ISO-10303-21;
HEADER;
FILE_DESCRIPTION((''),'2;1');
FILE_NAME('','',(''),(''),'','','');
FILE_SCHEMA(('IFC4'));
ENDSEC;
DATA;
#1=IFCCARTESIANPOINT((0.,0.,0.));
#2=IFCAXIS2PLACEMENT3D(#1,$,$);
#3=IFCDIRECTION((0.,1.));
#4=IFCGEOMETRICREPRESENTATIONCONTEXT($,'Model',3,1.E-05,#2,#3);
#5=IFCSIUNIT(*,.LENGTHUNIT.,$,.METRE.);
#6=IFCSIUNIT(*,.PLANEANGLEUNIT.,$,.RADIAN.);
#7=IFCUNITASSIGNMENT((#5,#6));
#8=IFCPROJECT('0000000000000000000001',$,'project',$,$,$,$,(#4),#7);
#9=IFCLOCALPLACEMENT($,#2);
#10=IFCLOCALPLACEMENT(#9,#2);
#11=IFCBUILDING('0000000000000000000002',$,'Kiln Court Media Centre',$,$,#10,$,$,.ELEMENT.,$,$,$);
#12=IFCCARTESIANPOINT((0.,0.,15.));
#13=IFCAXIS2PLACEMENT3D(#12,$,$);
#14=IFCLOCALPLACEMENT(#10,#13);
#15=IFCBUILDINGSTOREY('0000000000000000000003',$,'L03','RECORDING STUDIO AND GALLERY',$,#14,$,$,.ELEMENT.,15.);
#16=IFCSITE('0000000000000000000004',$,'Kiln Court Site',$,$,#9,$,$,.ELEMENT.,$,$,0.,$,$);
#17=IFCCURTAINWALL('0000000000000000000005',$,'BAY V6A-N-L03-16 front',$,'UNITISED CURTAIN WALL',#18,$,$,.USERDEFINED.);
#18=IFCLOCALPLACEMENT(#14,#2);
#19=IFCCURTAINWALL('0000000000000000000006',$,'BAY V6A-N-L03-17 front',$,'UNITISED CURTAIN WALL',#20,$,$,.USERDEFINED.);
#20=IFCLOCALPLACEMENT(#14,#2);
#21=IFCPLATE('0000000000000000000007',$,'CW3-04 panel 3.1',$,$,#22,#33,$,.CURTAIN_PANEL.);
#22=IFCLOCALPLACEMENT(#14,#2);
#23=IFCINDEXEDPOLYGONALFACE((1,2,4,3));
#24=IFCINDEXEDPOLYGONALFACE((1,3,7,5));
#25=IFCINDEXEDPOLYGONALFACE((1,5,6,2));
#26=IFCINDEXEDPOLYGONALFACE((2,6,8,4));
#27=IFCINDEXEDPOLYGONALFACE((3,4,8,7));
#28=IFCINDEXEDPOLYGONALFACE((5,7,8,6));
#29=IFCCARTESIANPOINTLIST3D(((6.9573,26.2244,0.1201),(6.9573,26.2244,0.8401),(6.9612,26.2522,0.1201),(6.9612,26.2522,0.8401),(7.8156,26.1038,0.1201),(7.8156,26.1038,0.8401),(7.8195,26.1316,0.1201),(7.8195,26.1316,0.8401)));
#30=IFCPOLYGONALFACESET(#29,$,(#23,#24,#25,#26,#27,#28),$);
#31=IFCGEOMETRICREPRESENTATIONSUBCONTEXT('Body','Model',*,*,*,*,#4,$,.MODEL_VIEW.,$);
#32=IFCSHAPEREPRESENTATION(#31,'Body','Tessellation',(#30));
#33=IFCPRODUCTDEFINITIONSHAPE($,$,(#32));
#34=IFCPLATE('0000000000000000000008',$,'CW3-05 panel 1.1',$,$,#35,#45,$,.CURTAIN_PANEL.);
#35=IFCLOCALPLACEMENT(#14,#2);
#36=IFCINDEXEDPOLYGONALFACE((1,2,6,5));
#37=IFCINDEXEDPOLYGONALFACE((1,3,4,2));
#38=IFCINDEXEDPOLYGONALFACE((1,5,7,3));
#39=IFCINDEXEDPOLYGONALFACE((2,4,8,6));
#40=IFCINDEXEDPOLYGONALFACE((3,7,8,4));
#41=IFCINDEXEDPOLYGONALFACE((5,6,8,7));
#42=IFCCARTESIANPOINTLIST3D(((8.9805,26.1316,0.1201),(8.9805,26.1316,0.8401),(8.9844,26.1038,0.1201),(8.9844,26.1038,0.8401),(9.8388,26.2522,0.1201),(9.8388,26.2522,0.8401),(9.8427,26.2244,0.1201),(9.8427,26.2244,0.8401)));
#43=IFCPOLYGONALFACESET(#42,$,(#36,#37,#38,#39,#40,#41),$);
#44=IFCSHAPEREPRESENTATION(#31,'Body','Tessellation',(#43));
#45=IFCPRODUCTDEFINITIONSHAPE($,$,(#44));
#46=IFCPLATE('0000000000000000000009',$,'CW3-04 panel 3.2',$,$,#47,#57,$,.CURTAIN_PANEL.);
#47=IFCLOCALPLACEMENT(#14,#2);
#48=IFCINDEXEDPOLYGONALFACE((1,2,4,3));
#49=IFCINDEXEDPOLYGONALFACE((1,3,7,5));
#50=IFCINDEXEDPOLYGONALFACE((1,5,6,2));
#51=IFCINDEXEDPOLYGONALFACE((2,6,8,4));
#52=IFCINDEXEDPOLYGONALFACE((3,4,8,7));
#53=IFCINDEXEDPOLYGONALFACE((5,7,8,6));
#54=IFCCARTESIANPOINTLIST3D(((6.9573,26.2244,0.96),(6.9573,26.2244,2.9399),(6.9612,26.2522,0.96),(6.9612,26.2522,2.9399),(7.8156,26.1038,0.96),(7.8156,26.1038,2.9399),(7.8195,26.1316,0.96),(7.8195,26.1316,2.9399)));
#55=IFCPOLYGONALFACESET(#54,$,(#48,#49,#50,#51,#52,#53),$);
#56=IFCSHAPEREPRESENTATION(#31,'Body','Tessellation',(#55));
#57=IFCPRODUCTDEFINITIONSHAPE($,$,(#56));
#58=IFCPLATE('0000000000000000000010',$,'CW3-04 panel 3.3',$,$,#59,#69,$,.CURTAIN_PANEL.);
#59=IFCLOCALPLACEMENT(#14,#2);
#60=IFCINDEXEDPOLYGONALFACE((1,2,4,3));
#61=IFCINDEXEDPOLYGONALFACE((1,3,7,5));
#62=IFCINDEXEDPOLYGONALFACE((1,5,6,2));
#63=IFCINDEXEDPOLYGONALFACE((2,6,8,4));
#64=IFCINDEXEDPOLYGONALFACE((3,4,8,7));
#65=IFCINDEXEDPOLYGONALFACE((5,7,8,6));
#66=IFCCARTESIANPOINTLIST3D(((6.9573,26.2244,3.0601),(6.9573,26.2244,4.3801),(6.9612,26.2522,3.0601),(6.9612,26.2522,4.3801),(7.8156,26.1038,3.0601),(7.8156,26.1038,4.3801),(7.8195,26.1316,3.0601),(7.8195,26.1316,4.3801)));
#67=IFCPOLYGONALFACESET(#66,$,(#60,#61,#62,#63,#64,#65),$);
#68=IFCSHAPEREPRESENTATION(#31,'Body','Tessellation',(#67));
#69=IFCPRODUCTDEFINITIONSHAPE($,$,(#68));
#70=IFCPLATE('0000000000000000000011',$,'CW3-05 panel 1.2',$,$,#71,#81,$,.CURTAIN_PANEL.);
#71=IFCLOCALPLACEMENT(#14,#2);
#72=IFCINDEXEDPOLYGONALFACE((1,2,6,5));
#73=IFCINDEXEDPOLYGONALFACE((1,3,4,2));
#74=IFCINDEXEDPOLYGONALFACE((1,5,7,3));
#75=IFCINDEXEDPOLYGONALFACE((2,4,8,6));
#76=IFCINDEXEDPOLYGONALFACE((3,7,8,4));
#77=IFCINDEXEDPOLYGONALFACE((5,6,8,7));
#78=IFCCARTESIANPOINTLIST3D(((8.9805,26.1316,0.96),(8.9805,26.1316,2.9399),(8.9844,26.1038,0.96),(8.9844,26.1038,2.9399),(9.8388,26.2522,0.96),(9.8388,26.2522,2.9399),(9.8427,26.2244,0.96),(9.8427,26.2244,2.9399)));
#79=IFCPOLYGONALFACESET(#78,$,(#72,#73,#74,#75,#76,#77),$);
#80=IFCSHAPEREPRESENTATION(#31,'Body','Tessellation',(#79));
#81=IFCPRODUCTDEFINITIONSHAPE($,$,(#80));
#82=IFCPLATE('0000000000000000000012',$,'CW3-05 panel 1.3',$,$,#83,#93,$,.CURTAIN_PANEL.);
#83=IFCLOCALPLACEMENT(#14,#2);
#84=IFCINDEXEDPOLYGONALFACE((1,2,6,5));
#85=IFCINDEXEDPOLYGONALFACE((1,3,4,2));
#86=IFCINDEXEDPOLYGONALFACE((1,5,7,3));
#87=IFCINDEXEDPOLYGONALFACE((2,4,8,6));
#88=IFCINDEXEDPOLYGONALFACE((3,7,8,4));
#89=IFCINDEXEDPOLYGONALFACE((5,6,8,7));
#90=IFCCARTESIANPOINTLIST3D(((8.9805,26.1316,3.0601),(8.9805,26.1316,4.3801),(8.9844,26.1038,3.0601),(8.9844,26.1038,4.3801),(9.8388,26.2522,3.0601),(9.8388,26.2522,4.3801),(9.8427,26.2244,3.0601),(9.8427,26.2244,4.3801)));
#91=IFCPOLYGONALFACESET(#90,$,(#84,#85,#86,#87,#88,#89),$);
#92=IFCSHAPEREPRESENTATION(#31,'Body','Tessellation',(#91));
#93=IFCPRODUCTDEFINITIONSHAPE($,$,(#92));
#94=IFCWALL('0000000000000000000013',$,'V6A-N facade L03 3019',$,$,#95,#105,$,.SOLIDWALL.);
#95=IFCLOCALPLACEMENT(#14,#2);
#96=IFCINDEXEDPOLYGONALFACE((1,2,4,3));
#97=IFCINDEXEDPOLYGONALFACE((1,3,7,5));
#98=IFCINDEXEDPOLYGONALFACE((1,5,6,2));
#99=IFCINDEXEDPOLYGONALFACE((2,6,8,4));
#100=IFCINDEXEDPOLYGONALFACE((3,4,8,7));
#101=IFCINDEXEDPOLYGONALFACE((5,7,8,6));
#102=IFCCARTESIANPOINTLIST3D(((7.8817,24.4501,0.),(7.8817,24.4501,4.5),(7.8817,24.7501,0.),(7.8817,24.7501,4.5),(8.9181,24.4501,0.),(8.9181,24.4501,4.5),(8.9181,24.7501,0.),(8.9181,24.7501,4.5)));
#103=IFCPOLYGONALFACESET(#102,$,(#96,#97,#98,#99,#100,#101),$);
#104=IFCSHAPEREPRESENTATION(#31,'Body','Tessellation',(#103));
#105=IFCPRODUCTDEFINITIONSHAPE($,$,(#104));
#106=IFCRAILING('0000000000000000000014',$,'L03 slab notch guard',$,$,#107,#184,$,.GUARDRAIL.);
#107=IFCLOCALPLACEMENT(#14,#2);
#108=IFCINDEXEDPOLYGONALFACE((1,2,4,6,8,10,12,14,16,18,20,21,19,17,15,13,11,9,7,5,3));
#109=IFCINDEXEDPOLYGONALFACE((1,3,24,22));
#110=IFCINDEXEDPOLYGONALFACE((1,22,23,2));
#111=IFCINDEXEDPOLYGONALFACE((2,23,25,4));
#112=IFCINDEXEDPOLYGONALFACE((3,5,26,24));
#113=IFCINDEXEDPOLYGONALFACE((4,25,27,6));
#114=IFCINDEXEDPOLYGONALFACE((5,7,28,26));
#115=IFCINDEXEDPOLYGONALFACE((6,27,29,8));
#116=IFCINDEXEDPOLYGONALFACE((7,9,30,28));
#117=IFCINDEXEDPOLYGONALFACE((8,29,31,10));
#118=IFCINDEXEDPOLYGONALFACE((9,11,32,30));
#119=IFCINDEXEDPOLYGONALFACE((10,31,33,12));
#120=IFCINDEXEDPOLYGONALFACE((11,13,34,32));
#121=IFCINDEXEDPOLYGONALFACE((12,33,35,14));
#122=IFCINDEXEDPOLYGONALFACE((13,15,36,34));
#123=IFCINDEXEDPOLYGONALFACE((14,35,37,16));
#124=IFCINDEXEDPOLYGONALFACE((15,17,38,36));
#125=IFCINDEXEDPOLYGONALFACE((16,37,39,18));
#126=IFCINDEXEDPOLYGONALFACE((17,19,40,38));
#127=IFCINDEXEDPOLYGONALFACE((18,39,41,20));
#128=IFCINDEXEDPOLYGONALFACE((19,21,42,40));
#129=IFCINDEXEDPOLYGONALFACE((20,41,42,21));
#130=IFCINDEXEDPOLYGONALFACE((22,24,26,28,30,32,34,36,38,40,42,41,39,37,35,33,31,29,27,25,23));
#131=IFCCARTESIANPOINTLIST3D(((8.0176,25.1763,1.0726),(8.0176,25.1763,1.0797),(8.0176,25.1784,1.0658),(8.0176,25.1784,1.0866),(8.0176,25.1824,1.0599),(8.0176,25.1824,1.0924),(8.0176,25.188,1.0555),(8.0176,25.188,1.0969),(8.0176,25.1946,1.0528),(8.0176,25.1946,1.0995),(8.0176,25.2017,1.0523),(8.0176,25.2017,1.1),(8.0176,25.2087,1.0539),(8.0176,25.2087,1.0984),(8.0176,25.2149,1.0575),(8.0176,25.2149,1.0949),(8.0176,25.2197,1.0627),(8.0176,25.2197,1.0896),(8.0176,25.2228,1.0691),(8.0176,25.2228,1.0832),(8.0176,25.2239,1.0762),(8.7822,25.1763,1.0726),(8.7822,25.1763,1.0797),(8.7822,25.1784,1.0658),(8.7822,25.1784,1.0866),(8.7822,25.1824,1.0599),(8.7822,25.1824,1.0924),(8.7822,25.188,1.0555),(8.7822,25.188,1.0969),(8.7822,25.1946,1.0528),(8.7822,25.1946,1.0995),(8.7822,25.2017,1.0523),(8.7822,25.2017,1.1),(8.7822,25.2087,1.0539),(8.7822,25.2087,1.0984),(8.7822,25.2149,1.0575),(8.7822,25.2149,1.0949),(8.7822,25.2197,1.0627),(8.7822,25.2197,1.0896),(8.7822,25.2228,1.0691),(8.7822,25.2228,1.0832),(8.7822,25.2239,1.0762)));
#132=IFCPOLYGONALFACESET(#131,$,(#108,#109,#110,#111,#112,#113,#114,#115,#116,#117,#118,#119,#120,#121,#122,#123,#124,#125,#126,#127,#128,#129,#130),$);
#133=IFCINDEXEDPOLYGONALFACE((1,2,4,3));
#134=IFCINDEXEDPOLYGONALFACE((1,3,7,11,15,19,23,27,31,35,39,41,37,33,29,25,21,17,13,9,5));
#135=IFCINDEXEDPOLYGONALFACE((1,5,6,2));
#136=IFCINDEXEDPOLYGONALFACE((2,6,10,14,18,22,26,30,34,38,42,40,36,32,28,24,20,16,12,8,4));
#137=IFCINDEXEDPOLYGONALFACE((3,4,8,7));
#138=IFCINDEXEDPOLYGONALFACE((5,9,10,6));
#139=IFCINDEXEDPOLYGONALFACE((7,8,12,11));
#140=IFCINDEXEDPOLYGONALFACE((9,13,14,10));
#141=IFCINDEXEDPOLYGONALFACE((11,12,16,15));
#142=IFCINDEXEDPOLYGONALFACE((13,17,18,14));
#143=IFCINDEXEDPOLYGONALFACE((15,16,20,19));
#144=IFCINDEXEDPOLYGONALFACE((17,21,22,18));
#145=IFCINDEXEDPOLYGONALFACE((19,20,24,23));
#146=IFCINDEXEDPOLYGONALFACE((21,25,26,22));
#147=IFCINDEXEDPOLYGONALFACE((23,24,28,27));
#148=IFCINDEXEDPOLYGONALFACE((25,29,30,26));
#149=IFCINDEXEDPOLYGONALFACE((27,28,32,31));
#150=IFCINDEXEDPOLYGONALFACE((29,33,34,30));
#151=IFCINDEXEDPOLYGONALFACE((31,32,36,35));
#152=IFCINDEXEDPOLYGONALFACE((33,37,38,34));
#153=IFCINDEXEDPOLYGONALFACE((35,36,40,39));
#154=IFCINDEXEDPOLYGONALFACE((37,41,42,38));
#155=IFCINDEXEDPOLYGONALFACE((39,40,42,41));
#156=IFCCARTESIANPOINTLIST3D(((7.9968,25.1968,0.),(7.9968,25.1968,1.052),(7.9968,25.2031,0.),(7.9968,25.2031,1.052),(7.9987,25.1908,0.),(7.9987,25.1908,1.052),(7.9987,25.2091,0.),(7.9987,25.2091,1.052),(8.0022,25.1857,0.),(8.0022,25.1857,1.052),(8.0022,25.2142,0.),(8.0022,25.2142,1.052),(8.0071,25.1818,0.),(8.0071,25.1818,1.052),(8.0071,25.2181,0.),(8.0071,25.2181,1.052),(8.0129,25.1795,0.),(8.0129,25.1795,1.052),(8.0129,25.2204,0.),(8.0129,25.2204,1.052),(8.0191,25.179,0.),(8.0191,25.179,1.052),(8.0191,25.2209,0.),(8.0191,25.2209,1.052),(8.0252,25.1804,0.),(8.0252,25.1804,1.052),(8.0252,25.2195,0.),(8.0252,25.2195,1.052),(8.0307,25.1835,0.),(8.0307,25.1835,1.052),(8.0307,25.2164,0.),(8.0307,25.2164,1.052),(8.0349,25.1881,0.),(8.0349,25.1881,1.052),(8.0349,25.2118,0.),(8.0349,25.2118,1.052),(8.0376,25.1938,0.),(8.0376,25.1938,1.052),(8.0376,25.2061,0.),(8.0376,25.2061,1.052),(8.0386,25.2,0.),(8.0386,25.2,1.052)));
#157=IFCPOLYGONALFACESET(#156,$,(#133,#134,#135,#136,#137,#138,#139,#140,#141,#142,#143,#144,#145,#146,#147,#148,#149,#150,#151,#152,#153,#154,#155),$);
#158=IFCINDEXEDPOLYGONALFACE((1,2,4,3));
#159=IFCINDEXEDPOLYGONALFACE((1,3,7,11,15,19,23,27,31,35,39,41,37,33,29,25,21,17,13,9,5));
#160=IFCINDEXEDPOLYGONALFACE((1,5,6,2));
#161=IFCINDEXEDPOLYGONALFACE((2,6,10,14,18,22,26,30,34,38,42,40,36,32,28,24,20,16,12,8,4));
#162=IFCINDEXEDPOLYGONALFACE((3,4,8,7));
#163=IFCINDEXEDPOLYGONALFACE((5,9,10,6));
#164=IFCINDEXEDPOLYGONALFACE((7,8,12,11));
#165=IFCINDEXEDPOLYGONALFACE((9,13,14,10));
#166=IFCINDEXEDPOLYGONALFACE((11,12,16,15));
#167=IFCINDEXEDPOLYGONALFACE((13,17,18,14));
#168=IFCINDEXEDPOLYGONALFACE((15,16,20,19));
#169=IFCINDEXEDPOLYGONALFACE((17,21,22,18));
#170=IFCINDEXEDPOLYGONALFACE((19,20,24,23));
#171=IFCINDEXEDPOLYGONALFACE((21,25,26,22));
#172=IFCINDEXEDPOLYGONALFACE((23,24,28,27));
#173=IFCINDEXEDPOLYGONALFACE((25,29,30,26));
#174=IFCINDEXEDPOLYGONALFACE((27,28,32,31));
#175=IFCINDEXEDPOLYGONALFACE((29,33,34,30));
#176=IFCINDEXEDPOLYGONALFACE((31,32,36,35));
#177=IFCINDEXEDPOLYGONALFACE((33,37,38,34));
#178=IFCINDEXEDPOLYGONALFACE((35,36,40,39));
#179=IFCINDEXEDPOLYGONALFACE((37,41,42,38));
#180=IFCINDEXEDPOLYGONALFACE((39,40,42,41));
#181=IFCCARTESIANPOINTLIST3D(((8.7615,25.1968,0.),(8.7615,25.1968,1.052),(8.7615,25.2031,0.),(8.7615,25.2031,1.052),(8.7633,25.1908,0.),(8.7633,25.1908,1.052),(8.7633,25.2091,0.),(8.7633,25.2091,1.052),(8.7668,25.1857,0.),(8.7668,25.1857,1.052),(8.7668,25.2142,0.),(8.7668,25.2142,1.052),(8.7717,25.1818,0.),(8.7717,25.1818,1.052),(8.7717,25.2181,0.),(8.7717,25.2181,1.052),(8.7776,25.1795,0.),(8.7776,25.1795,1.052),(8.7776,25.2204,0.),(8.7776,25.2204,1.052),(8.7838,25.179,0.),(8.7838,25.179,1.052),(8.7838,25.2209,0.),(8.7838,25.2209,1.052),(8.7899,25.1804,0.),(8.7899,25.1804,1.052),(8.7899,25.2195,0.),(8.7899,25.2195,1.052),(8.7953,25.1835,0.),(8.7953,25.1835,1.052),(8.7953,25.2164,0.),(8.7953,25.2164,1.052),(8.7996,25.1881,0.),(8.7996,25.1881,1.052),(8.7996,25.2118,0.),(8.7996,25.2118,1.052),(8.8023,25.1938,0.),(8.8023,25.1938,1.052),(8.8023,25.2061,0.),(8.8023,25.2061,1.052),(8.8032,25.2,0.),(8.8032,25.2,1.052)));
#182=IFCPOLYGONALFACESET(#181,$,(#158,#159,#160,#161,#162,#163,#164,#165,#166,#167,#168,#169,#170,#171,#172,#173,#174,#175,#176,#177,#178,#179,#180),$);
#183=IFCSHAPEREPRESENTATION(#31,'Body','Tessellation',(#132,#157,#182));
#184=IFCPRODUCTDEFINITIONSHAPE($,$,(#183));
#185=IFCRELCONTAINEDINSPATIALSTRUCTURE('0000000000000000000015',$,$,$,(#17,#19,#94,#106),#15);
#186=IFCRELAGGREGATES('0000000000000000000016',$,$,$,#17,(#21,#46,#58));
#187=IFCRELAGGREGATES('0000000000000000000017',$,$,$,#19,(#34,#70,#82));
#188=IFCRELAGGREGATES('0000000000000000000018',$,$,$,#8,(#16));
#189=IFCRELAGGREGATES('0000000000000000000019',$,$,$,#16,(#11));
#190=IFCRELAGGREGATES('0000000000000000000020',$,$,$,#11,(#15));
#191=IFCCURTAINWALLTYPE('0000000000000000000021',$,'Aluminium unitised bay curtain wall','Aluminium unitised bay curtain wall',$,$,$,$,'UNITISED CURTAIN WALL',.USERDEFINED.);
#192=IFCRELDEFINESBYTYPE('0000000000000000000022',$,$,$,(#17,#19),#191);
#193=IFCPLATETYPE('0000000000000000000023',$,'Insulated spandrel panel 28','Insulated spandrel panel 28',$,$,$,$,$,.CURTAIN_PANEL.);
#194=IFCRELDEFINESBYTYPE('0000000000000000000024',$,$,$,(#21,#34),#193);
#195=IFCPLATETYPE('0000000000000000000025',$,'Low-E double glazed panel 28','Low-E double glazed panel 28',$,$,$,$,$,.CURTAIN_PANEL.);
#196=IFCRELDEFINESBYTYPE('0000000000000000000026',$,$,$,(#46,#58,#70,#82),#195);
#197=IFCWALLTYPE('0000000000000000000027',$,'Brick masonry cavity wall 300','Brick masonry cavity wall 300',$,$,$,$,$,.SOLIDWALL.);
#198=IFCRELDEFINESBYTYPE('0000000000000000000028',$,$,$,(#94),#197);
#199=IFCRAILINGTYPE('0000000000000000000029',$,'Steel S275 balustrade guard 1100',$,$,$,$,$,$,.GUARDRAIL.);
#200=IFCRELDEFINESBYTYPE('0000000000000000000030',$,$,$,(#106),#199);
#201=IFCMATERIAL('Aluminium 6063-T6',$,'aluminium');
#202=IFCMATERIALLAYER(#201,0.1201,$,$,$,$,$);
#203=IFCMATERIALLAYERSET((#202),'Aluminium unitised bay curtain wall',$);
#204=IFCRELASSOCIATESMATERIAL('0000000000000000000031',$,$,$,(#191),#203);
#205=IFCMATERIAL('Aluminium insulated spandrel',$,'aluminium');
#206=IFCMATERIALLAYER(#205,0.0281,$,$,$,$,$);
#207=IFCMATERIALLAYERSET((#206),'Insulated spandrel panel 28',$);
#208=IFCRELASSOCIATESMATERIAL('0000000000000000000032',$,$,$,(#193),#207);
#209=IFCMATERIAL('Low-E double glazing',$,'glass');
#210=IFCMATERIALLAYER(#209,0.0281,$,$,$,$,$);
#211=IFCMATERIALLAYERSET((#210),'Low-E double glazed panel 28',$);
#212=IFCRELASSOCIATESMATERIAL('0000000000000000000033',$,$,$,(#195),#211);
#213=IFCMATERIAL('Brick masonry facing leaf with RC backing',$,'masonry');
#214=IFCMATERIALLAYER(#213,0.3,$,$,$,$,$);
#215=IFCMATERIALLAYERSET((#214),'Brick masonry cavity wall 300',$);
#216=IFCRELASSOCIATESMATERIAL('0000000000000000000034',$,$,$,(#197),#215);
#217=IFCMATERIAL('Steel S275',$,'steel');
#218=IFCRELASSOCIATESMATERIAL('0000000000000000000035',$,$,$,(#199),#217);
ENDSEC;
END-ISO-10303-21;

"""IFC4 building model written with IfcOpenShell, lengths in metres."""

from ifc_helpers import new_model, si_unit, direction, frame, frame_2d, origin, origin_2d, place, context, subcontext, project, spatial, rectangle, circle, extrude, material, layer, layer_set, type_object, element, aggregate, save


model = new_model("IFC4")

# Units and contexts
model_context = context("Model", 3, precision=1e-05, world=origin(), true_north=direction((0.0, 1.0)))
body_context = subcontext(model_context, "Body", "Model", "MODEL_VIEW")
ifc_project = project(units=[si_unit("LENGTHUNIT", "METRE"), si_unit("PLANEANGLEUNIT", "RADIAN")], contexts=[model_context])

# Site, building, storey
site_placement = place(None, origin())
site = spatial("IfcSite", under=ifc_project, at=site_placement, Name="Kiln Court Site", CompositionType="ELEMENT", RefElevation=0.0)
building_placement = place(site_placement, origin())
building = spatial("IfcBuilding", under=site, at=building_placement, Name="Kiln Court Media Centre", CompositionType="ELEMENT")
storey_placement = place(building_placement, frame((0.0, 0.0, 15.0)))
storey = spatial("IfcBuildingStorey", under=building, at=storey_placement, Name="L03", Description="RECORDING STUDIO AND GALLERY", CompositionType="ELEMENT", Elevation=15.0)

# Curtain walls
ifc_material_1 = material(Name="Aluminium 6063-T6", Category="aluminium")
ifc_layer_1 = layer(ifc_material_1, 0.1201)
ifc_layer_set_1 = layer_set([ifc_layer_1], Name="Aluminium unitised bay curtain wall")
curtain_wall_type = type_object("IfcCurtainWallType", Name="Aluminium unitised bay curtain wall", Description="Aluminium unitised bay curtain wall", ElementType="UNITISED CURTAIN WALL", PredefinedType="USERDEFINED", material=ifc_layer_set_1)
curtain_wall_1_placement = place(storey_placement, origin())
curtain_wall_1 = element("IfcCurtainWall", 1, at=curtain_wall_1_placement, inside=storey, type_object=curtain_wall_type, Name="BAY V6A-N-L03-16 front", ObjectType="UNITISED CURTAIN WALL", PredefinedType="USERDEFINED")
curtain_wall_2_placement = place(storey_placement, origin())
curtain_wall_2 = element("IfcCurtainWall", 2, at=curtain_wall_2_placement, inside=storey, type_object=curtain_wall_type, Name="BAY V6A-N-L03-17 front", ObjectType="UNITISED CURTAIN WALL", PredefinedType="USERDEFINED")

# Plates
ifc_material_2 = material(Name="Aluminium insulated spandrel", Category="aluminium")
ifc_layer_2 = layer(ifc_material_2, 0.0281)
ifc_layer_set_2 = layer_set([ifc_layer_2], Name="Insulated spandrel panel 28")
plate_type_1 = type_object("IfcPlateType", Name="Insulated spandrel panel 28", Description="Insulated spandrel panel 28", PredefinedType="CURTAIN_PANEL", material=ifc_layer_set_2)
plate_1_placement = place(storey_placement, frame((7.3884, 26.178, 0.1201), z_axis=(0.0, 0.0, 1.0), x_axis=(0.99027, -0.139162, 0.0)))
plate_1 = element("IfcPlate", 3, at=plate_1_placement, type_object=plate_type_1, Name="CW3-04 panel 3.1", PredefinedType="CURTAIN_PANEL", context=body_context, shape_type="SweptSolid", body=[
    extrude(rectangle(XDim=0.8667, YDim=0.0281, at=origin_2d()), origin(), (0.0, 0.0, 1.0), 0.72),
])
plate_2_placement = place(storey_placement, frame((9.4116, 26.178, 0.1201), z_axis=(0.0, 0.0, 1.0), x_axis=(0.99027, 0.139162, 0.0)))
plate_2 = element("IfcPlate", 4, at=plate_2_placement, type_object=plate_type_1, Name="CW3-05 panel 1.1", PredefinedType="CURTAIN_PANEL", context=body_context, shape_type="SweptSolid", body=[
    extrude(rectangle(XDim=0.8667, YDim=0.0281, at=origin_2d()), origin(), (0.0, 0.0, 1.0), 0.72),
])
ifc_material_3 = material(Name="Low-E double glazing", Category="glass")
ifc_layer_3 = layer(ifc_material_3, 0.0281)
ifc_layer_set_3 = layer_set([ifc_layer_3], Name="Low-E double glazed panel 28")
plate_type_2 = type_object("IfcPlateType", Name="Low-E double glazed panel 28", Description="Low-E double glazed panel 28", PredefinedType="CURTAIN_PANEL", material=ifc_layer_set_3)
plate_3_placement = place(storey_placement, frame((7.3884, 26.178, 0.96), z_axis=(0.0, 0.0, 1.0), x_axis=(0.99027, -0.139162, 0.0)))
plate_3 = element("IfcPlate", 5, at=plate_3_placement, type_object=plate_type_2, Name="CW3-04 panel 3.2", PredefinedType="CURTAIN_PANEL", context=body_context, shape_type="SweptSolid", body=[
    extrude(rectangle(XDim=0.8667, YDim=0.0281, at=origin_2d()), origin(), (0.0, 0.0, 1.0), 1.98),
])
plate_4_placement = place(storey_placement, frame((7.3884, 26.178, 3.0601), z_axis=(0.0, 0.0, 1.0), x_axis=(0.99027, -0.139162, 0.0)))
plate_4 = element("IfcPlate", 6, at=plate_4_placement, type_object=plate_type_2, Name="CW3-04 panel 3.3", PredefinedType="CURTAIN_PANEL", context=body_context, shape_type="SweptSolid", body=[
    extrude(rectangle(XDim=0.8667, YDim=0.0281, at=origin_2d()), origin(), (0.0, 0.0, 1.0), 1.3201),
])
aggregate(curtain_wall_1, [plate_1, plate_3, plate_4])
plate_5_placement = place(storey_placement, frame((9.4116, 26.178, 0.96), z_axis=(0.0, 0.0, 1.0), x_axis=(0.99027, 0.139162, 0.0)))
plate_5 = element("IfcPlate", 7, at=plate_5_placement, type_object=plate_type_2, Name="CW3-05 panel 1.2", PredefinedType="CURTAIN_PANEL", context=body_context, shape_type="SweptSolid", body=[
    extrude(rectangle(XDim=0.8667, YDim=0.0281, at=origin_2d()), origin(), (0.0, 0.0, 1.0), 1.98),
])
plate_6_placement = place(storey_placement, frame((9.4116, 26.178, 3.0601), z_axis=(0.0, 0.0, 1.0), x_axis=(0.99027, 0.139162, 0.0)))
plate_6 = element("IfcPlate", 8, at=plate_6_placement, type_object=plate_type_2, Name="CW3-05 panel 1.3", PredefinedType="CURTAIN_PANEL", context=body_context, shape_type="SweptSolid", body=[
    extrude(rectangle(XDim=0.8667, YDim=0.0281, at=origin_2d()), origin(), (0.0, 0.0, 1.0), 1.3201),
])
aggregate(curtain_wall_2, [plate_2, plate_5, plate_6])

# Wall
ifc_material_4 = material(Name="Brick masonry facing leaf with RC backing", Category="masonry")
ifc_layer_4 = layer(ifc_material_4, 0.3)
ifc_layer_set_4 = layer_set([ifc_layer_4], Name="Brick masonry cavity wall 300")
wall_type = type_object("IfcWallType", Name="Brick masonry cavity wall 300", Description="Brick masonry cavity wall 300", PredefinedType="SOLIDWALL", material=ifc_layer_set_4)
wall_placement = place(storey_placement, frame((7.8818, 24.6001, 0.0), z_axis=(0.0, 0.0, 1.0), x_axis=(1.0, 0.0, 0.0)))
element("IfcWall", 9, at=wall_placement, inside=storey, type_object=wall_type, Name="V6A-N facade L03 3019", PredefinedType="SOLIDWALL", context=body_context, shape_type="SweptSolid", body=[
    extrude(rectangle(XDim=1.0364, YDim=0.3, at=frame_2d((0.5181, 0.0))), origin(), (0.0, 0.0, 1.0), 4.5),
])

# Railing
ifc_material_5 = material(Name="Steel S275", Category="steel")
railing_type = type_object("IfcRailingType", Name="Steel S275 balustrade guard 1100", PredefinedType="GUARDRAIL", material=ifc_material_5)
railing_placement = place(storey_placement, frame((8.0176, 25.2, 0.0)))
element("IfcRailing", 10, at=railing_placement, inside=storey, type_object=railing_type, Name="L03 slab notch guard", PredefinedType="GUARDRAIL", context=body_context, shape_type="SweptSolid", body=[
    extrude(circle(Radius=0.0239, at=origin_2d()), frame((0.0, 0.0, 1.0762), z_axis=(1.0, 0.0, 0.0), x_axis=(0.0, 1.0, 0.0)), (0.0, 0.0, 1.0), 0.7646),
    extrude(circle(Radius=0.021, at=origin_2d()), origin(), (0.0, 0.0, 1.0), 1.052),
    extrude(circle(Radius=0.021, at=origin_2d()), frame((0.7646, 0.0, 0.0)), (0.0, 0.0, 1.0), 1.052),
])

save(model, "model.ifc")
